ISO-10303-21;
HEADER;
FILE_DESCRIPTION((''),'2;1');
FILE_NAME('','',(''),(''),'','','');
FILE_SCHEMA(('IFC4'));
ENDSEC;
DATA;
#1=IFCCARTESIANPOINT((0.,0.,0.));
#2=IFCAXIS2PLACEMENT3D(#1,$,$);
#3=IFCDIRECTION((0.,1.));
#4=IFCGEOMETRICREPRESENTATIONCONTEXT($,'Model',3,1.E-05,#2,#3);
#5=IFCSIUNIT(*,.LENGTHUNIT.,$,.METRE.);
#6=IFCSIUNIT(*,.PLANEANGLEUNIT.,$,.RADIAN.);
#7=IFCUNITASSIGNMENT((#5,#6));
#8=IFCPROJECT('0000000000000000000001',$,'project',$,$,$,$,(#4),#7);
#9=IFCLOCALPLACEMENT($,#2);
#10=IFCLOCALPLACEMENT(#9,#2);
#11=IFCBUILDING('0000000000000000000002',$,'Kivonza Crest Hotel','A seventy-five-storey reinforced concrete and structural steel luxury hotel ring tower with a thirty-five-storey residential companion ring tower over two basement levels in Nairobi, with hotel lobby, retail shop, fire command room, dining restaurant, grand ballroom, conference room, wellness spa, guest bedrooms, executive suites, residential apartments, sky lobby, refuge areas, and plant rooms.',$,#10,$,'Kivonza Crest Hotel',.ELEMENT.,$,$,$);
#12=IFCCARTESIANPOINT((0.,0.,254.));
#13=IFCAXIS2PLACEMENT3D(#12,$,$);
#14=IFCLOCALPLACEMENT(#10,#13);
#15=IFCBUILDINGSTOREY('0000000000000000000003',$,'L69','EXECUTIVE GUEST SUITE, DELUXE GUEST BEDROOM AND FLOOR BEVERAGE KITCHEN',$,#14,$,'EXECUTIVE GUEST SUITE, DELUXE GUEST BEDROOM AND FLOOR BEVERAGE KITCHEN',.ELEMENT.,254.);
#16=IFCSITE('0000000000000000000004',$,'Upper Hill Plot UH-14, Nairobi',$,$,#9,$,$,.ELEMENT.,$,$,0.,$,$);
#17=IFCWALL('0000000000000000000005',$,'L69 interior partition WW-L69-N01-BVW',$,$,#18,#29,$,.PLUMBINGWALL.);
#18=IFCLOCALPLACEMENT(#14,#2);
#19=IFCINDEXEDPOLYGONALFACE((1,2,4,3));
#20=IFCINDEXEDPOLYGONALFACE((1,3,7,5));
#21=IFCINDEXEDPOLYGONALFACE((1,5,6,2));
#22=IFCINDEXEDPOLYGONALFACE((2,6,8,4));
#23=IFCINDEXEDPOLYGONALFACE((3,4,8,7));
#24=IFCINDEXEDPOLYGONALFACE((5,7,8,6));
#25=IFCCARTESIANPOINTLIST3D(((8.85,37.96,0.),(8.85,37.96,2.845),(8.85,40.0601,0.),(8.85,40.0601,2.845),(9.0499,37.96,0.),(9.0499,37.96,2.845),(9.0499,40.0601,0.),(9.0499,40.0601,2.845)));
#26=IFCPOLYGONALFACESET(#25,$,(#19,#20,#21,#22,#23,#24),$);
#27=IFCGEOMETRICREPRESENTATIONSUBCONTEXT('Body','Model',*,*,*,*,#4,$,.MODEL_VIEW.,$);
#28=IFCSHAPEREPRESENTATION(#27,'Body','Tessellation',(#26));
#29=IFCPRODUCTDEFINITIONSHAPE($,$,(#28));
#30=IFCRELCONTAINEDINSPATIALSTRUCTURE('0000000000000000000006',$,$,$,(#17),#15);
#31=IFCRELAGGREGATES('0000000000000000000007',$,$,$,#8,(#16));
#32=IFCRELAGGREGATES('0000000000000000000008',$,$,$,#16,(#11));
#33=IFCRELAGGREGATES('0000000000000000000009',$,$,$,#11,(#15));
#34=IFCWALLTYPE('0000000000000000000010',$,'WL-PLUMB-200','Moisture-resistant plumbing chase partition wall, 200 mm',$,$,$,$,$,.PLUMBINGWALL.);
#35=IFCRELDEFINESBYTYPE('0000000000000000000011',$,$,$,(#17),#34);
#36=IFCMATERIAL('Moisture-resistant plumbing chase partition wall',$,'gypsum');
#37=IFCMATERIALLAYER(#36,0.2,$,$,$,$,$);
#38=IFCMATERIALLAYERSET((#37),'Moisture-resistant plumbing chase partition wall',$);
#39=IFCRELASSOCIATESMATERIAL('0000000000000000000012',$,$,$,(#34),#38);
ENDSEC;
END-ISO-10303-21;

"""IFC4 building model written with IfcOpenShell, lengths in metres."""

from ifc_helpers import new_model, si_unit, direction, frame, frame_2d, origin, place, context, subcontext, project, spatial, rectangle, extrude, material, layer, layer_set, type_object, element, save


model = new_model("IFC4")

# Units and contexts
model_context = context("Model", 3, precision=1e-05, world=origin(), true_north=direction((0.0, 1.0)))
body_context = subcontext(model_context, "Body", "Model", "MODEL_VIEW")
ifc_project = project(units=[si_unit("LENGTHUNIT", "METRE"), si_unit("PLANEANGLEUNIT", "RADIAN")], contexts=[model_context])

# Site, building, storey
site_placement = place(None, origin())
site = spatial("IfcSite", under=ifc_project, at=site_placement, Name="Upper Hill Plot UH-14, Nairobi", CompositionType="ELEMENT", RefElevation=0.0)
building_placement = place(site_placement, origin())
building = spatial("IfcBuilding", under=site, at=building_placement, Name="Kivonza Crest Hotel", Description="A seventy-five-storey reinforced concrete and structural steel luxury hotel ring tower with a thirty-five-storey residential companion ring tower over two basement levels in Nairobi, with hotel lobby, retail shop, fire command room, dining restaurant, grand ballroom, conference room, wellness spa, guest bedrooms, executive suites, residential apartments, sky lobby, refuge areas, and plant rooms.", LongName="Kivonza Crest Hotel", CompositionType="ELEMENT")
storey_placement = place(building_placement, frame((0.0, 0.0, 254.0)))
storey = spatial("IfcBuildingStorey", under=building, at=storey_placement, Name="L69", Description="EXECUTIVE GUEST SUITE, DELUXE GUEST BEDROOM AND FLOOR BEVERAGE KITCHEN", LongName="EXECUTIVE GUEST SUITE, DELUXE GUEST BEDROOM AND FLOOR BEVERAGE KITCHEN", CompositionType="ELEMENT", Elevation=254.0)

# Wall
ifc_material_1 = material(Name="Moisture-resistant plumbing chase partition wall", Category="gypsum")
ifc_layer_1 = layer(ifc_material_1, 0.2)
ifc_layer_set_1 = layer_set([ifc_layer_1], Name="Moisture-resistant plumbing chase partition wall")
wall_type_1 = type_object("IfcWallType", Name="WL-PLUMB-200", Description="Moisture-resistant plumbing chase partition wall, 200 mm", PredefinedType="PLUMBINGWALL", material=ifc_layer_set_1)
wall_1_placement = place(storey_placement, frame((8.95, 37.96, 0.0), z_axis=(0.0, 0.0, 1.0), x_axis=(0.0, 1.0, 0.0)))
element("IfcWall", 1, at=wall_1_placement, inside=storey, type_object=wall_type_1, Name="L69 interior partition WW-L69-N01-BVW", PredefinedType="PLUMBINGWALL", context=body_context, shape_type="SweptSolid", body=[
    extrude(rectangle(XDim=2.1001, YDim=0.2, at=frame_2d((1.05, 0.0))), origin(), (0.0, 0.0, 1.0), 2.845),
])

save(model, "model.ifc")
